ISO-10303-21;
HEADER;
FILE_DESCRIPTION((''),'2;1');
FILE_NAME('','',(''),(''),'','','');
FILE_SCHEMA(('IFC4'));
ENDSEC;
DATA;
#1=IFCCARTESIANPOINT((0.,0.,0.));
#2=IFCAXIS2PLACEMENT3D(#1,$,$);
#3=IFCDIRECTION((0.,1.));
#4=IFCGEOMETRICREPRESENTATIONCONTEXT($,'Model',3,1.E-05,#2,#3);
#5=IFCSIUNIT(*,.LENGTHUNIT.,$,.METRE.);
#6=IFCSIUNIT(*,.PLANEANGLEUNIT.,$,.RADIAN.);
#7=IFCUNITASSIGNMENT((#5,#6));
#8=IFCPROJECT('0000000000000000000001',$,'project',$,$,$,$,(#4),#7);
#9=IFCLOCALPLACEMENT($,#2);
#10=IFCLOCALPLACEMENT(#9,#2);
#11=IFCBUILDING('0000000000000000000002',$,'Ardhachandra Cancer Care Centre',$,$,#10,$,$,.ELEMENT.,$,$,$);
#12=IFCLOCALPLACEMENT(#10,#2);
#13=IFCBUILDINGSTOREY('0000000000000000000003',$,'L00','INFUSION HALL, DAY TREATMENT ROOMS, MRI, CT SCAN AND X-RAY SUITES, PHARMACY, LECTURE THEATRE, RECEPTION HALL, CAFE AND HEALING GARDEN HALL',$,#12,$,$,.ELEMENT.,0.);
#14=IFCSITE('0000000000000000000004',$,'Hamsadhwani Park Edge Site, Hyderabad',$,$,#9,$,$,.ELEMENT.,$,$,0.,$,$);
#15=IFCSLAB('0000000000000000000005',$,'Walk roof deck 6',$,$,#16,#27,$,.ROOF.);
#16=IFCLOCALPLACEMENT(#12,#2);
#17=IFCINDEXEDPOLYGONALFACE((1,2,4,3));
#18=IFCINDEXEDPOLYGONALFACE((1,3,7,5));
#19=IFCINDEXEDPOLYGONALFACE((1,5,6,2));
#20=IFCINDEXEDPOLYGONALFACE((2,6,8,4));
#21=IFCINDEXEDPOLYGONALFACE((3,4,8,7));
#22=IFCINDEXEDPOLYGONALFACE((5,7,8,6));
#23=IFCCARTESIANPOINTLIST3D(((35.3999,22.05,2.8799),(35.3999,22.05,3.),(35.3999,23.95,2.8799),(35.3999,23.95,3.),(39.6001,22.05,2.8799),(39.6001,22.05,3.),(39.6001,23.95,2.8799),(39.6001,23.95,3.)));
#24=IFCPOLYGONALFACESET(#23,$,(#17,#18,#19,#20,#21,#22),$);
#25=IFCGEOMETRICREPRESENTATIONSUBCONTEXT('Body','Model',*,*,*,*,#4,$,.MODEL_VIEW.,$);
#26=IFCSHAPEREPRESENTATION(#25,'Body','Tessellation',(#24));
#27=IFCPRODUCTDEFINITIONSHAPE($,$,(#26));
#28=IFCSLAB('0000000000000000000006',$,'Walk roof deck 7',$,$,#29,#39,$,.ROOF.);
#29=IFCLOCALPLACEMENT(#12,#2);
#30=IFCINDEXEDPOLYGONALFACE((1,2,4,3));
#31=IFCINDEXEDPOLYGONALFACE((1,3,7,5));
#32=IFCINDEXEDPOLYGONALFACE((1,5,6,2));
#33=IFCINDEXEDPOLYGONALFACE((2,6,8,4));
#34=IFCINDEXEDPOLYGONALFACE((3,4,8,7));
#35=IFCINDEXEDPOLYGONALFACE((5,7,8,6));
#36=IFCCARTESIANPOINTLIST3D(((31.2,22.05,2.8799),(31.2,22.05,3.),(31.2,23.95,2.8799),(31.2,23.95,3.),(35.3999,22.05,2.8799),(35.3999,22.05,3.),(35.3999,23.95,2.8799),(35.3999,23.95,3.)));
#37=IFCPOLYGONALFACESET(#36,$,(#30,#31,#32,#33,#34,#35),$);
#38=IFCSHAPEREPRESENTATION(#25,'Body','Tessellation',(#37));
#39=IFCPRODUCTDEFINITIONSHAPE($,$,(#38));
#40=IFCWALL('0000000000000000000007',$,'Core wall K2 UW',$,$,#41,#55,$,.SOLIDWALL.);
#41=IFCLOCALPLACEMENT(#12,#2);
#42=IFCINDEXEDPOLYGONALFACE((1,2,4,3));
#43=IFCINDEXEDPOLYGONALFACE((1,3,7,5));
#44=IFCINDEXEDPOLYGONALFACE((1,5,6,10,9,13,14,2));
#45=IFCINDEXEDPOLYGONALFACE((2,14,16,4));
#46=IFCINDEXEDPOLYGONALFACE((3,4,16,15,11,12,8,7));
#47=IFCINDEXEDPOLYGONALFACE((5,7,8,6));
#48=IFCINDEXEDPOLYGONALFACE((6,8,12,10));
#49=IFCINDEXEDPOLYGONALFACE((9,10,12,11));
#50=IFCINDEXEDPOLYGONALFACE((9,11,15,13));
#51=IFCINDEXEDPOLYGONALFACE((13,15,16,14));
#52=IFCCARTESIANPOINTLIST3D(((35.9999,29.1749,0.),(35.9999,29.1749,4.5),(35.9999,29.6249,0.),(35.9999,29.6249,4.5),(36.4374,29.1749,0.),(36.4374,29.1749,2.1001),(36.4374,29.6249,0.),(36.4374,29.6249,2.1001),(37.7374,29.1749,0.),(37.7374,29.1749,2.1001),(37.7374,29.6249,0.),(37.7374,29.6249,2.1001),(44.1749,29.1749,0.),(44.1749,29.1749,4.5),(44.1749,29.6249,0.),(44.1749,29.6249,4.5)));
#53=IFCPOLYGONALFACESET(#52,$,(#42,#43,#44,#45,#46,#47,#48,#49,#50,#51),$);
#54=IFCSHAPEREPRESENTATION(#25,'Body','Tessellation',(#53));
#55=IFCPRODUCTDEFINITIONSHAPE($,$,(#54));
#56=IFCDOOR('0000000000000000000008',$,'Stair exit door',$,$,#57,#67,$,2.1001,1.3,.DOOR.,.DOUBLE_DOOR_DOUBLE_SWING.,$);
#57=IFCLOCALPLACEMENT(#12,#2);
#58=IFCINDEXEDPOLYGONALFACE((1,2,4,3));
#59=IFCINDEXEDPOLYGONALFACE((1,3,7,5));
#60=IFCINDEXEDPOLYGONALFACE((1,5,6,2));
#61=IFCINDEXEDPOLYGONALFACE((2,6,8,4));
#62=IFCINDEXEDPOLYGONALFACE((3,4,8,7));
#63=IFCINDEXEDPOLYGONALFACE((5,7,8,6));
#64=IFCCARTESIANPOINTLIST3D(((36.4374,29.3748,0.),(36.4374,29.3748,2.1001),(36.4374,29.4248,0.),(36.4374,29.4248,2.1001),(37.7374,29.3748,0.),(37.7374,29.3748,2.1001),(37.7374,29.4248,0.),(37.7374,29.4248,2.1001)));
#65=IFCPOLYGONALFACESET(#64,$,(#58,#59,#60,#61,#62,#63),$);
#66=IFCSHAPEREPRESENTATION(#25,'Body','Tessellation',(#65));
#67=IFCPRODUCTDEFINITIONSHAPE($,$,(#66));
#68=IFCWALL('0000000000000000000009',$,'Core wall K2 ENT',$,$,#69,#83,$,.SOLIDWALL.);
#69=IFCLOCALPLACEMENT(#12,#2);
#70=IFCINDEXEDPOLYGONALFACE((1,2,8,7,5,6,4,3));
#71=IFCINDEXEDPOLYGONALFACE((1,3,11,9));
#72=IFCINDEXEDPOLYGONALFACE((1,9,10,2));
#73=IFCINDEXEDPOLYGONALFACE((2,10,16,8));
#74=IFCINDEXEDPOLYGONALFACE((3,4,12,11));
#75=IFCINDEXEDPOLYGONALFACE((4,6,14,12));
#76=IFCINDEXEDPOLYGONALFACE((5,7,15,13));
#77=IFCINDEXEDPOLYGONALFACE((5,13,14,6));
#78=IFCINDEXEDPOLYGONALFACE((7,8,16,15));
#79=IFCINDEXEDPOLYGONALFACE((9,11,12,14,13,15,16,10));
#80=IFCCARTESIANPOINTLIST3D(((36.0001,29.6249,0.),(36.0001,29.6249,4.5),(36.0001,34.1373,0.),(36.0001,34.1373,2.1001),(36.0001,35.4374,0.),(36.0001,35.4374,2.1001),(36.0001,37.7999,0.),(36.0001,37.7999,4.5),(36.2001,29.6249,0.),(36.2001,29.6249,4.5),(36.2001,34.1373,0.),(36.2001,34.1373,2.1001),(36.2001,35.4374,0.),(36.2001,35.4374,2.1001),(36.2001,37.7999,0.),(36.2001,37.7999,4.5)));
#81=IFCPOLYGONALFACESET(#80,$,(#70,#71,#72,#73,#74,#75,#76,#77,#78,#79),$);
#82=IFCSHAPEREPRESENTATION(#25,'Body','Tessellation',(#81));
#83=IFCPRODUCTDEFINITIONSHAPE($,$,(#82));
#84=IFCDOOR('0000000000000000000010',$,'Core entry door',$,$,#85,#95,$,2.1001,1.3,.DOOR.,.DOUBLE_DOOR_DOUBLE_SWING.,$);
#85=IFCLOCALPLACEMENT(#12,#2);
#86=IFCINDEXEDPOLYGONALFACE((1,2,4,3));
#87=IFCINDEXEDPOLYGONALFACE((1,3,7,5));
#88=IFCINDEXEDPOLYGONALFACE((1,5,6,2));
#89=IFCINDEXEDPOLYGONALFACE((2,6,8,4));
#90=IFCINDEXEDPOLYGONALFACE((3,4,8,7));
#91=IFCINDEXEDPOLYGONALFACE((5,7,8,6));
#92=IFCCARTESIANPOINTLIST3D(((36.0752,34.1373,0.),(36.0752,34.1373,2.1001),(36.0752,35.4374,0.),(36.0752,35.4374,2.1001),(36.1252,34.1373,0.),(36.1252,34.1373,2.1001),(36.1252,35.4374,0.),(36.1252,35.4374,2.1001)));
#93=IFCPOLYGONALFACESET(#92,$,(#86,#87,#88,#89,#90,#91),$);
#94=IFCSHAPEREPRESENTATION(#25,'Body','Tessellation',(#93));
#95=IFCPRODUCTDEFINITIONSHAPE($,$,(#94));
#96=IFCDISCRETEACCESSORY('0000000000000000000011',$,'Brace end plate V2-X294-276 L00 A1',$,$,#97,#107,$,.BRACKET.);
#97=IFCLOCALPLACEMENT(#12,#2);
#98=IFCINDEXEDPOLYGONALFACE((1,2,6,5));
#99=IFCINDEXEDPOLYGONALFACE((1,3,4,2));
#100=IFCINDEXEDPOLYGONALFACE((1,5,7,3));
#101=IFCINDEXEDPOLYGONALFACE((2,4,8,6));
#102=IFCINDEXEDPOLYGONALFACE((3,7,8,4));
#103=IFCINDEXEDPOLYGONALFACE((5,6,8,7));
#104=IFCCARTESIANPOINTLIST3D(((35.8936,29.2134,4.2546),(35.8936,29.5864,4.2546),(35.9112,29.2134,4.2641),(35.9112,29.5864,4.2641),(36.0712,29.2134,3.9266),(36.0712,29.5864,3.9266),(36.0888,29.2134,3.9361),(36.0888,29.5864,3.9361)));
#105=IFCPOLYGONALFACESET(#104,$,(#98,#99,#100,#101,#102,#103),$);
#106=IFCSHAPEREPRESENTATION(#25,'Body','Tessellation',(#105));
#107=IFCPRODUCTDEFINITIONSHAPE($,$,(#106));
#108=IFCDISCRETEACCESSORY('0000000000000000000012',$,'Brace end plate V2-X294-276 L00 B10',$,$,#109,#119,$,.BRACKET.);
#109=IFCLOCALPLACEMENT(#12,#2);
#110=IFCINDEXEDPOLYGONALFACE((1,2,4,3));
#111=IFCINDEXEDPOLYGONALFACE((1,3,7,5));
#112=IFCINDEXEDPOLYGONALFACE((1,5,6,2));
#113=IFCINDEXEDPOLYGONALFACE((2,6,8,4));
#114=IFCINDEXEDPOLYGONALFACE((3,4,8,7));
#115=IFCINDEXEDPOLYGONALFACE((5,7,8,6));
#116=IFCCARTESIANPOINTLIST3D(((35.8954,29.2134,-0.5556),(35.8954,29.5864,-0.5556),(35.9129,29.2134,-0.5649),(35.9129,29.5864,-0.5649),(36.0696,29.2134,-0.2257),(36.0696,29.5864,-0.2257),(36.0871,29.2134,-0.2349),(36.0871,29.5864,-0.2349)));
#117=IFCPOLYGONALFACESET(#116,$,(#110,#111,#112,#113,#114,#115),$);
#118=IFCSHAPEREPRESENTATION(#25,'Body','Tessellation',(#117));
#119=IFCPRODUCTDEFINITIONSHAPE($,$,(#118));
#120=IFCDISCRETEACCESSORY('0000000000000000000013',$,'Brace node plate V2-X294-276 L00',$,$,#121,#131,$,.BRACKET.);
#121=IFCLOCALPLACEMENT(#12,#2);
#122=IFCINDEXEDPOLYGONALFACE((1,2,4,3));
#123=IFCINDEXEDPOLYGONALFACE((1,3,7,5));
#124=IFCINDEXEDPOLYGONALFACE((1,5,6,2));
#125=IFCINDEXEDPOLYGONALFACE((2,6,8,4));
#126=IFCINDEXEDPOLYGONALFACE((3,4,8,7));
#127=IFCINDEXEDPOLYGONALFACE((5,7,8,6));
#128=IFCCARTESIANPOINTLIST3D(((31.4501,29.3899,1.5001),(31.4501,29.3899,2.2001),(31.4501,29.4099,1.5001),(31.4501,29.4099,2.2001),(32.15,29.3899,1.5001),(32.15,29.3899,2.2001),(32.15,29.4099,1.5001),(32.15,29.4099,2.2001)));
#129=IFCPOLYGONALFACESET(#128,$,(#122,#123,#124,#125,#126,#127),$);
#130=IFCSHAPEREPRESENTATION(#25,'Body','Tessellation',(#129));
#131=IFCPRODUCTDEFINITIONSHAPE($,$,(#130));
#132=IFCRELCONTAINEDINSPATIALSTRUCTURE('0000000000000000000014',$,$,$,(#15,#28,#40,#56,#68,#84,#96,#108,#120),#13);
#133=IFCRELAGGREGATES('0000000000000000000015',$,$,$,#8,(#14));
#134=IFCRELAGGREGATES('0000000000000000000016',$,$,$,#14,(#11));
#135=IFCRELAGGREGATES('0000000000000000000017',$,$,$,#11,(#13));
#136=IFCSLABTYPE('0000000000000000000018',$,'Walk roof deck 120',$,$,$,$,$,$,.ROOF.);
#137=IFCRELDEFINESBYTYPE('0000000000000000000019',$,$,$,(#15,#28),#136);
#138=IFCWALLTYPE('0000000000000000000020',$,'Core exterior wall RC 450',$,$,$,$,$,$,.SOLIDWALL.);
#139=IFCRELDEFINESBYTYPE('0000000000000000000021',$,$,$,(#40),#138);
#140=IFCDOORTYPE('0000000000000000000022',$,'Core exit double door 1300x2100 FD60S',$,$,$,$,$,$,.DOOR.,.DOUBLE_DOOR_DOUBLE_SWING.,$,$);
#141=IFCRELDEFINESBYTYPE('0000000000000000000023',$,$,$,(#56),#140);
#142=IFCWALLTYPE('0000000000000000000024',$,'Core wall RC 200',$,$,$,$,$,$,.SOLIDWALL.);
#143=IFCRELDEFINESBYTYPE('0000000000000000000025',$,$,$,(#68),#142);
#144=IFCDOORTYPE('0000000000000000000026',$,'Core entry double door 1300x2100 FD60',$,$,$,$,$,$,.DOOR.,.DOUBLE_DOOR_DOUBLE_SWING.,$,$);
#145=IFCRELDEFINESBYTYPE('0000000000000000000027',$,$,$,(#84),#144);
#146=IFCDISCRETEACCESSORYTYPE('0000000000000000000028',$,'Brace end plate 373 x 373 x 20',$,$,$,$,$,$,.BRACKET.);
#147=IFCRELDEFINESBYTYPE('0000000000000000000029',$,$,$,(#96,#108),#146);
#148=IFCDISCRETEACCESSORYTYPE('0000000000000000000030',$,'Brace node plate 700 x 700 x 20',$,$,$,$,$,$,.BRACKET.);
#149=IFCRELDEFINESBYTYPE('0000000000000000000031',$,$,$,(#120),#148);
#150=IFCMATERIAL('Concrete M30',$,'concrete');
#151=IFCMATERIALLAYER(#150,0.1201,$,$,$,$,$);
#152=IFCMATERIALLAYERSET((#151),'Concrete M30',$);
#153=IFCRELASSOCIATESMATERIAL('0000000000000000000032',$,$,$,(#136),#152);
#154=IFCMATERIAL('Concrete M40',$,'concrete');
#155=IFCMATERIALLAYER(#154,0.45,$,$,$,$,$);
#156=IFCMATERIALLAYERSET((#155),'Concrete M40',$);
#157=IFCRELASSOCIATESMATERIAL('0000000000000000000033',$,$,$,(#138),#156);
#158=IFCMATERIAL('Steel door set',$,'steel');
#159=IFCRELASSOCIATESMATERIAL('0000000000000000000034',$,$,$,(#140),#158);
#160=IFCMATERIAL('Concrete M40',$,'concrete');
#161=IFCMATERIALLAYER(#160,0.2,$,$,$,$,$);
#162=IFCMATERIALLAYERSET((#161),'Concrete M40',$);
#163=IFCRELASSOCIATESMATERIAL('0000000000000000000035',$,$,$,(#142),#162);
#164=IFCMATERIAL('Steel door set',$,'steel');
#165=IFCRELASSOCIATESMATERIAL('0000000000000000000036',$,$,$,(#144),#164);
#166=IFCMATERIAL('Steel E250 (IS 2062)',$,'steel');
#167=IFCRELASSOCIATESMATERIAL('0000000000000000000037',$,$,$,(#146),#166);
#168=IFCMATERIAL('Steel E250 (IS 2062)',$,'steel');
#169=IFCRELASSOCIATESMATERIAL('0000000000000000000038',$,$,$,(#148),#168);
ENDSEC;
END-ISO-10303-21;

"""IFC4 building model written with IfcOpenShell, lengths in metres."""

from ifc_helpers import new_model, si_unit, direction, frame, frame_2d, origin, origin_2d, place, context, subcontext, project, spatial, polyline, rectangle, outline, extrude, material, layer, layer_set, material_profile, profile_set, type_object, element, fill, save


model = new_model("IFC4")

# Units and contexts
model_context = context("Model", 3, precision=1e-05, world=origin(), true_north=direction((0.0, 1.0)))
body_context = subcontext(model_context, "Body", "Model", "MODEL_VIEW")
ifc_project = project(units=[si_unit("LENGTHUNIT", "METRE"), si_unit("PLANEANGLEUNIT", "RADIAN")], contexts=[model_context])

# Site, building, storey
site_placement = place(None, origin())
site = spatial("IfcSite", under=ifc_project, at=site_placement, Name="Hamsadhwani Park Edge Site, Hyderabad", CompositionType="ELEMENT", RefElevation=0.0)
building_placement = place(site_placement, origin())
building = spatial("IfcBuilding", under=site, at=building_placement, Name="Ardhachandra Cancer Care Centre", CompositionType="ELEMENT")
storey_placement = place(building_placement, origin())
storey = spatial("IfcBuildingStorey", under=building, at=storey_placement, Name="L00", Description="INFUSION HALL, DAY TREATMENT ROOMS, MRI, CT SCAN AND X-RAY SUITES, PHARMACY, LECTURE THEATRE, RECEPTION HALL, CAFE AND HEALING GARDEN HALL", CompositionType="ELEMENT", Elevation=0.0)

# Slabs
ifc_material_1 = material(Name="Concrete M30", Category="concrete")
ifc_layer_1 = layer(ifc_material_1, 0.1201)
ifc_layer_set_1 = layer_set([ifc_layer_1], Name="Concrete M30")
slab_type = type_object("IfcSlabType", Name="Walk roof deck 120", PredefinedType="ROOF", material=ifc_layer_set_1)
slab_1_placement = place(storey_placement, frame((35.3999, 22.05, 3.0), z_axis=(0.0, 0.0, 1.0), x_axis=(1.0, 0.0, 0.0)))
element("IfcSlab", 1, at=slab_1_placement, inside=storey, type_object=slab_type, Name="Walk roof deck 6", PredefinedType="ROOF", context=body_context, shape_type="SweptSolid", body=[
    extrude(outline(polyline([(0.0, 0.0), (4.2002, 0.0), (4.2002, 1.8999), (0.0, 1.8999), (0.0, 0.0)])), origin(), (0.0, 0.0, -1.0), 0.1201),
])
slab_2_placement = place(storey_placement, frame((31.2, 22.05, 3.0), z_axis=(0.0, 0.0, 1.0), x_axis=(1.0, 0.0, 0.0)))
element("IfcSlab", 2, at=slab_2_placement, inside=storey, type_object=slab_type, Name="Walk roof deck 7", PredefinedType="ROOF", context=body_context, shape_type="SweptSolid", body=[
    extrude(outline(polyline([(0.0, 0.0), (4.2, 0.0), (4.2, 1.8999), (0.0, 1.8999), (0.0, 0.0)])), origin(), (0.0, 0.0, -1.0), 0.1201),
])

# Walls, openings, doors
ifc_material_2 = material(Name="Concrete M40", Category="concrete")
ifc_layer_2 = layer(ifc_material_2, 0.45)
ifc_layer_set_2 = layer_set([ifc_layer_2], Name="Concrete M40")
wall_type_1 = type_object("IfcWallType", Name="Core exterior wall RC 450", PredefinedType="SOLIDWALL", material=ifc_layer_set_2)
wall_1_placement = place(storey_placement, frame((36.0, 29.3999, 0.0), z_axis=(0.0, 0.0, 1.0), x_axis=(1.0, 0.0, 0.0)))
wall_1 = element("IfcWall", 3, at=wall_1_placement, inside=storey, type_object=wall_type_1, Name="Core wall K2 UW", PredefinedType="SOLIDWALL", context=body_context, shape_type="SweptSolid", body=[
    extrude(rectangle(XDim=8.175, YDim=0.45, at=frame_2d((4.0874, 0.0))), origin(), (0.0, 0.0, 1.0), 4.5),
])
opening_1_placement = place(wall_1_placement, frame((0.4375, 0.0, 0.0)))
opening_1 = element("IfcOpeningElement", 4, at=opening_1_placement, cuts=wall_1, PredefinedType="OPENING", context=body_context, shape_type="SweptSolid", body=[
    extrude(rectangle(XDim=1.3, YDim=2.1001, at=frame_2d((0.6499, 1.05))), frame((0.0, 0.2349, 0.0), z_axis=(0.0, -1.0, 0.0), x_axis=(1.0, 0.0, 0.0)), (0.0, 0.0, 1.0), 0.47),
])
ifc_material_3 = material(Name="Steel door set", Category="steel")
door_type_1 = type_object("IfcDoorType", Name="Core exit double door 1300x2100 FD60S", OperationType="DOUBLE_DOOR_DOUBLE_SWING", PredefinedType="DOOR", material=ifc_material_3)
door_1_placement = place(opening_1_placement, origin())
door_1 = element("IfcDoor", 5, at=door_1_placement, inside=storey, type_object=door_type_1, Name="Stair exit door", OperationType="DOUBLE_DOOR_DOUBLE_SWING", OverallHeight=2.1001, OverallWidth=1.3, PredefinedType="DOOR", context=body_context, shape_type="SweptSolid", body=[
    extrude(rectangle(XDim=1.3, YDim=2.1001, at=frame_2d((0.6499, 1.05))), frame((0.0, 0.0249, 0.0), z_axis=(0.0, -1.0, 0.0), x_axis=(1.0, 0.0, 0.0)), (0.0, 0.0, 1.0), 0.05),
])
fill(opening_1, door_1)
ifc_material_4 = material(Name="Concrete M40", Category="concrete")
ifc_layer_3 = layer(ifc_material_4, 0.2)
ifc_layer_set_3 = layer_set([ifc_layer_3], Name="Concrete M40")
wall_type_2 = type_object("IfcWallType", Name="Core wall RC 200", PredefinedType="SOLIDWALL", material=ifc_layer_set_3)
wall_2_placement = place(storey_placement, frame((36.1001, 29.625, 0.0), z_axis=(0.0, 0.0, 1.0), x_axis=(0.0, 1.0, 0.0)))
wall_2 = element("IfcWall", 6, at=wall_2_placement, inside=storey, type_object=wall_type_2, Name="Core wall K2 ENT", PredefinedType="SOLIDWALL", context=body_context, shape_type="SweptSolid", body=[
    extrude(rectangle(XDim=8.175, YDim=0.2, at=frame_2d((4.0874, 0.0))), origin(), (0.0, 0.0, 1.0), 4.5),
])
opening_2_placement = place(wall_2_placement, frame((4.5125, 0.0, 0.0)))
opening_2 = element("IfcOpeningElement", 7, at=opening_2_placement, cuts=wall_2, PredefinedType="OPENING", context=body_context, shape_type="SweptSolid", body=[
    extrude(rectangle(XDim=1.3, YDim=2.1001, at=frame_2d((0.6499, 1.05))), frame((0.0, 0.1099, 0.0), z_axis=(0.0, -1.0, 0.0), x_axis=(1.0, 0.0, 0.0)), (0.0, 0.0, 1.0), 0.22),
])
ifc_material_5 = material(Name="Steel door set", Category="steel")
door_type_2 = type_object("IfcDoorType", Name="Core entry double door 1300x2100 FD60", OperationType="DOUBLE_DOOR_DOUBLE_SWING", PredefinedType="DOOR", material=ifc_material_5)
door_2_placement = place(opening_2_placement, origin())
door_2 = element("IfcDoor", 8, at=door_2_placement, inside=storey, type_object=door_type_2, Name="Core entry door", OperationType="DOUBLE_DOOR_DOUBLE_SWING", OverallHeight=2.1001, OverallWidth=1.3, PredefinedType="DOOR", context=body_context, shape_type="SweptSolid", body=[
    extrude(rectangle(XDim=1.3, YDim=2.1001, at=frame_2d((0.6499, 1.05))), frame((0.0, 0.0249, 0.0), z_axis=(0.0, -1.0, 0.0), x_axis=(1.0, 0.0, 0.0)), (0.0, 0.0, 1.0), 0.05),
])
fill(opening_2, door_2)

# Discrete accessories
ifc_material_6 = material(Name="Steel E250 (IS 2062)", Category="steel")
ifc_material_profile_1 = material_profile(ifc_material_6, rectangle(XDim=0.373, YDim=0.373, at=origin_2d()), Name="PL 373x373x20")
ifc_profile_set_1 = profile_set([ifc_material_profile_1], Name="Steel E250 (IS 2062)")
discrete_accessory_type_1 = type_object("IfcDiscreteAccessoryType", Name="Brace end plate 373 x 373 x 20", PredefinedType="BRACKET", material=ifc_profile_set_1)
discrete_accessory_1_placement = place(storey_placement, frame((36.0, 29.3999, 4.1001), z_axis=(-0.879292, 0.0, -0.476283), x_axis=(0.0, -1.0, 0.0)))
element("IfcDiscreteAccessory", 9, at=discrete_accessory_1_placement, inside=storey, type_object=discrete_accessory_type_1, Name="Brace end plate V2-X294-276 L00 A1", PredefinedType="BRACKET", context=body_context, shape_type="SweptSolid", body=[
    extrude(rectangle(XDim=0.373, YDim=0.373, at=origin_2d()), origin(), (0.0, 0.0, 1.0), 0.02),
])
discrete_accessory_2_placement = place(storey_placement, frame((36.0, 29.3999, -0.3999), z_axis=(-0.884385, 0.0, 0.466759), x_axis=(0.0, -1.0, 0.0)))
element("IfcDiscreteAccessory", 10, at=discrete_accessory_2_placement, inside=storey, type_object=discrete_accessory_type_1, Name="Brace end plate V2-X294-276 L00 B10", PredefinedType="BRACKET", context=body_context, shape_type="SweptSolid", body=[
    extrude(rectangle(XDim=0.373, YDim=0.373, at=origin_2d()), origin(), (0.0, 0.0, 1.0), 0.0198),
])
ifc_material_7 = material(Name="Steel E250 (IS 2062)", Category="steel")
ifc_material_profile_2 = material_profile(ifc_material_7, rectangle(XDim=0.7, YDim=0.7, at=origin_2d()), Name="PL 700x700x20")
ifc_profile_set_2 = profile_set([ifc_material_profile_2], Name="Steel E250 (IS 2062)")
discrete_accessory_type_2 = type_object("IfcDiscreteAccessoryType", Name="Brace node plate 700 x 700 x 20", PredefinedType="BRACKET", material=ifc_profile_set_2)
discrete_accessory_3_placement = place(storey_placement, frame((31.8, 29.3899, 1.8501), z_axis=(0.0, 1.0, 0.0), x_axis=(-1.0, 0.0, 0.0)))
element("IfcDiscreteAccessory", 11, at=discrete_accessory_3_placement, inside=storey, type_object=discrete_accessory_type_2, Name="Brace node plate V2-X294-276 L00", PredefinedType="BRACKET", context=body_context, shape_type="SweptSolid", body=[
    extrude(rectangle(XDim=0.7, YDim=0.7, at=origin_2d()), origin(), (0.0, 0.0, 1.0), 0.02),
])

save(model, "model.ifc")
